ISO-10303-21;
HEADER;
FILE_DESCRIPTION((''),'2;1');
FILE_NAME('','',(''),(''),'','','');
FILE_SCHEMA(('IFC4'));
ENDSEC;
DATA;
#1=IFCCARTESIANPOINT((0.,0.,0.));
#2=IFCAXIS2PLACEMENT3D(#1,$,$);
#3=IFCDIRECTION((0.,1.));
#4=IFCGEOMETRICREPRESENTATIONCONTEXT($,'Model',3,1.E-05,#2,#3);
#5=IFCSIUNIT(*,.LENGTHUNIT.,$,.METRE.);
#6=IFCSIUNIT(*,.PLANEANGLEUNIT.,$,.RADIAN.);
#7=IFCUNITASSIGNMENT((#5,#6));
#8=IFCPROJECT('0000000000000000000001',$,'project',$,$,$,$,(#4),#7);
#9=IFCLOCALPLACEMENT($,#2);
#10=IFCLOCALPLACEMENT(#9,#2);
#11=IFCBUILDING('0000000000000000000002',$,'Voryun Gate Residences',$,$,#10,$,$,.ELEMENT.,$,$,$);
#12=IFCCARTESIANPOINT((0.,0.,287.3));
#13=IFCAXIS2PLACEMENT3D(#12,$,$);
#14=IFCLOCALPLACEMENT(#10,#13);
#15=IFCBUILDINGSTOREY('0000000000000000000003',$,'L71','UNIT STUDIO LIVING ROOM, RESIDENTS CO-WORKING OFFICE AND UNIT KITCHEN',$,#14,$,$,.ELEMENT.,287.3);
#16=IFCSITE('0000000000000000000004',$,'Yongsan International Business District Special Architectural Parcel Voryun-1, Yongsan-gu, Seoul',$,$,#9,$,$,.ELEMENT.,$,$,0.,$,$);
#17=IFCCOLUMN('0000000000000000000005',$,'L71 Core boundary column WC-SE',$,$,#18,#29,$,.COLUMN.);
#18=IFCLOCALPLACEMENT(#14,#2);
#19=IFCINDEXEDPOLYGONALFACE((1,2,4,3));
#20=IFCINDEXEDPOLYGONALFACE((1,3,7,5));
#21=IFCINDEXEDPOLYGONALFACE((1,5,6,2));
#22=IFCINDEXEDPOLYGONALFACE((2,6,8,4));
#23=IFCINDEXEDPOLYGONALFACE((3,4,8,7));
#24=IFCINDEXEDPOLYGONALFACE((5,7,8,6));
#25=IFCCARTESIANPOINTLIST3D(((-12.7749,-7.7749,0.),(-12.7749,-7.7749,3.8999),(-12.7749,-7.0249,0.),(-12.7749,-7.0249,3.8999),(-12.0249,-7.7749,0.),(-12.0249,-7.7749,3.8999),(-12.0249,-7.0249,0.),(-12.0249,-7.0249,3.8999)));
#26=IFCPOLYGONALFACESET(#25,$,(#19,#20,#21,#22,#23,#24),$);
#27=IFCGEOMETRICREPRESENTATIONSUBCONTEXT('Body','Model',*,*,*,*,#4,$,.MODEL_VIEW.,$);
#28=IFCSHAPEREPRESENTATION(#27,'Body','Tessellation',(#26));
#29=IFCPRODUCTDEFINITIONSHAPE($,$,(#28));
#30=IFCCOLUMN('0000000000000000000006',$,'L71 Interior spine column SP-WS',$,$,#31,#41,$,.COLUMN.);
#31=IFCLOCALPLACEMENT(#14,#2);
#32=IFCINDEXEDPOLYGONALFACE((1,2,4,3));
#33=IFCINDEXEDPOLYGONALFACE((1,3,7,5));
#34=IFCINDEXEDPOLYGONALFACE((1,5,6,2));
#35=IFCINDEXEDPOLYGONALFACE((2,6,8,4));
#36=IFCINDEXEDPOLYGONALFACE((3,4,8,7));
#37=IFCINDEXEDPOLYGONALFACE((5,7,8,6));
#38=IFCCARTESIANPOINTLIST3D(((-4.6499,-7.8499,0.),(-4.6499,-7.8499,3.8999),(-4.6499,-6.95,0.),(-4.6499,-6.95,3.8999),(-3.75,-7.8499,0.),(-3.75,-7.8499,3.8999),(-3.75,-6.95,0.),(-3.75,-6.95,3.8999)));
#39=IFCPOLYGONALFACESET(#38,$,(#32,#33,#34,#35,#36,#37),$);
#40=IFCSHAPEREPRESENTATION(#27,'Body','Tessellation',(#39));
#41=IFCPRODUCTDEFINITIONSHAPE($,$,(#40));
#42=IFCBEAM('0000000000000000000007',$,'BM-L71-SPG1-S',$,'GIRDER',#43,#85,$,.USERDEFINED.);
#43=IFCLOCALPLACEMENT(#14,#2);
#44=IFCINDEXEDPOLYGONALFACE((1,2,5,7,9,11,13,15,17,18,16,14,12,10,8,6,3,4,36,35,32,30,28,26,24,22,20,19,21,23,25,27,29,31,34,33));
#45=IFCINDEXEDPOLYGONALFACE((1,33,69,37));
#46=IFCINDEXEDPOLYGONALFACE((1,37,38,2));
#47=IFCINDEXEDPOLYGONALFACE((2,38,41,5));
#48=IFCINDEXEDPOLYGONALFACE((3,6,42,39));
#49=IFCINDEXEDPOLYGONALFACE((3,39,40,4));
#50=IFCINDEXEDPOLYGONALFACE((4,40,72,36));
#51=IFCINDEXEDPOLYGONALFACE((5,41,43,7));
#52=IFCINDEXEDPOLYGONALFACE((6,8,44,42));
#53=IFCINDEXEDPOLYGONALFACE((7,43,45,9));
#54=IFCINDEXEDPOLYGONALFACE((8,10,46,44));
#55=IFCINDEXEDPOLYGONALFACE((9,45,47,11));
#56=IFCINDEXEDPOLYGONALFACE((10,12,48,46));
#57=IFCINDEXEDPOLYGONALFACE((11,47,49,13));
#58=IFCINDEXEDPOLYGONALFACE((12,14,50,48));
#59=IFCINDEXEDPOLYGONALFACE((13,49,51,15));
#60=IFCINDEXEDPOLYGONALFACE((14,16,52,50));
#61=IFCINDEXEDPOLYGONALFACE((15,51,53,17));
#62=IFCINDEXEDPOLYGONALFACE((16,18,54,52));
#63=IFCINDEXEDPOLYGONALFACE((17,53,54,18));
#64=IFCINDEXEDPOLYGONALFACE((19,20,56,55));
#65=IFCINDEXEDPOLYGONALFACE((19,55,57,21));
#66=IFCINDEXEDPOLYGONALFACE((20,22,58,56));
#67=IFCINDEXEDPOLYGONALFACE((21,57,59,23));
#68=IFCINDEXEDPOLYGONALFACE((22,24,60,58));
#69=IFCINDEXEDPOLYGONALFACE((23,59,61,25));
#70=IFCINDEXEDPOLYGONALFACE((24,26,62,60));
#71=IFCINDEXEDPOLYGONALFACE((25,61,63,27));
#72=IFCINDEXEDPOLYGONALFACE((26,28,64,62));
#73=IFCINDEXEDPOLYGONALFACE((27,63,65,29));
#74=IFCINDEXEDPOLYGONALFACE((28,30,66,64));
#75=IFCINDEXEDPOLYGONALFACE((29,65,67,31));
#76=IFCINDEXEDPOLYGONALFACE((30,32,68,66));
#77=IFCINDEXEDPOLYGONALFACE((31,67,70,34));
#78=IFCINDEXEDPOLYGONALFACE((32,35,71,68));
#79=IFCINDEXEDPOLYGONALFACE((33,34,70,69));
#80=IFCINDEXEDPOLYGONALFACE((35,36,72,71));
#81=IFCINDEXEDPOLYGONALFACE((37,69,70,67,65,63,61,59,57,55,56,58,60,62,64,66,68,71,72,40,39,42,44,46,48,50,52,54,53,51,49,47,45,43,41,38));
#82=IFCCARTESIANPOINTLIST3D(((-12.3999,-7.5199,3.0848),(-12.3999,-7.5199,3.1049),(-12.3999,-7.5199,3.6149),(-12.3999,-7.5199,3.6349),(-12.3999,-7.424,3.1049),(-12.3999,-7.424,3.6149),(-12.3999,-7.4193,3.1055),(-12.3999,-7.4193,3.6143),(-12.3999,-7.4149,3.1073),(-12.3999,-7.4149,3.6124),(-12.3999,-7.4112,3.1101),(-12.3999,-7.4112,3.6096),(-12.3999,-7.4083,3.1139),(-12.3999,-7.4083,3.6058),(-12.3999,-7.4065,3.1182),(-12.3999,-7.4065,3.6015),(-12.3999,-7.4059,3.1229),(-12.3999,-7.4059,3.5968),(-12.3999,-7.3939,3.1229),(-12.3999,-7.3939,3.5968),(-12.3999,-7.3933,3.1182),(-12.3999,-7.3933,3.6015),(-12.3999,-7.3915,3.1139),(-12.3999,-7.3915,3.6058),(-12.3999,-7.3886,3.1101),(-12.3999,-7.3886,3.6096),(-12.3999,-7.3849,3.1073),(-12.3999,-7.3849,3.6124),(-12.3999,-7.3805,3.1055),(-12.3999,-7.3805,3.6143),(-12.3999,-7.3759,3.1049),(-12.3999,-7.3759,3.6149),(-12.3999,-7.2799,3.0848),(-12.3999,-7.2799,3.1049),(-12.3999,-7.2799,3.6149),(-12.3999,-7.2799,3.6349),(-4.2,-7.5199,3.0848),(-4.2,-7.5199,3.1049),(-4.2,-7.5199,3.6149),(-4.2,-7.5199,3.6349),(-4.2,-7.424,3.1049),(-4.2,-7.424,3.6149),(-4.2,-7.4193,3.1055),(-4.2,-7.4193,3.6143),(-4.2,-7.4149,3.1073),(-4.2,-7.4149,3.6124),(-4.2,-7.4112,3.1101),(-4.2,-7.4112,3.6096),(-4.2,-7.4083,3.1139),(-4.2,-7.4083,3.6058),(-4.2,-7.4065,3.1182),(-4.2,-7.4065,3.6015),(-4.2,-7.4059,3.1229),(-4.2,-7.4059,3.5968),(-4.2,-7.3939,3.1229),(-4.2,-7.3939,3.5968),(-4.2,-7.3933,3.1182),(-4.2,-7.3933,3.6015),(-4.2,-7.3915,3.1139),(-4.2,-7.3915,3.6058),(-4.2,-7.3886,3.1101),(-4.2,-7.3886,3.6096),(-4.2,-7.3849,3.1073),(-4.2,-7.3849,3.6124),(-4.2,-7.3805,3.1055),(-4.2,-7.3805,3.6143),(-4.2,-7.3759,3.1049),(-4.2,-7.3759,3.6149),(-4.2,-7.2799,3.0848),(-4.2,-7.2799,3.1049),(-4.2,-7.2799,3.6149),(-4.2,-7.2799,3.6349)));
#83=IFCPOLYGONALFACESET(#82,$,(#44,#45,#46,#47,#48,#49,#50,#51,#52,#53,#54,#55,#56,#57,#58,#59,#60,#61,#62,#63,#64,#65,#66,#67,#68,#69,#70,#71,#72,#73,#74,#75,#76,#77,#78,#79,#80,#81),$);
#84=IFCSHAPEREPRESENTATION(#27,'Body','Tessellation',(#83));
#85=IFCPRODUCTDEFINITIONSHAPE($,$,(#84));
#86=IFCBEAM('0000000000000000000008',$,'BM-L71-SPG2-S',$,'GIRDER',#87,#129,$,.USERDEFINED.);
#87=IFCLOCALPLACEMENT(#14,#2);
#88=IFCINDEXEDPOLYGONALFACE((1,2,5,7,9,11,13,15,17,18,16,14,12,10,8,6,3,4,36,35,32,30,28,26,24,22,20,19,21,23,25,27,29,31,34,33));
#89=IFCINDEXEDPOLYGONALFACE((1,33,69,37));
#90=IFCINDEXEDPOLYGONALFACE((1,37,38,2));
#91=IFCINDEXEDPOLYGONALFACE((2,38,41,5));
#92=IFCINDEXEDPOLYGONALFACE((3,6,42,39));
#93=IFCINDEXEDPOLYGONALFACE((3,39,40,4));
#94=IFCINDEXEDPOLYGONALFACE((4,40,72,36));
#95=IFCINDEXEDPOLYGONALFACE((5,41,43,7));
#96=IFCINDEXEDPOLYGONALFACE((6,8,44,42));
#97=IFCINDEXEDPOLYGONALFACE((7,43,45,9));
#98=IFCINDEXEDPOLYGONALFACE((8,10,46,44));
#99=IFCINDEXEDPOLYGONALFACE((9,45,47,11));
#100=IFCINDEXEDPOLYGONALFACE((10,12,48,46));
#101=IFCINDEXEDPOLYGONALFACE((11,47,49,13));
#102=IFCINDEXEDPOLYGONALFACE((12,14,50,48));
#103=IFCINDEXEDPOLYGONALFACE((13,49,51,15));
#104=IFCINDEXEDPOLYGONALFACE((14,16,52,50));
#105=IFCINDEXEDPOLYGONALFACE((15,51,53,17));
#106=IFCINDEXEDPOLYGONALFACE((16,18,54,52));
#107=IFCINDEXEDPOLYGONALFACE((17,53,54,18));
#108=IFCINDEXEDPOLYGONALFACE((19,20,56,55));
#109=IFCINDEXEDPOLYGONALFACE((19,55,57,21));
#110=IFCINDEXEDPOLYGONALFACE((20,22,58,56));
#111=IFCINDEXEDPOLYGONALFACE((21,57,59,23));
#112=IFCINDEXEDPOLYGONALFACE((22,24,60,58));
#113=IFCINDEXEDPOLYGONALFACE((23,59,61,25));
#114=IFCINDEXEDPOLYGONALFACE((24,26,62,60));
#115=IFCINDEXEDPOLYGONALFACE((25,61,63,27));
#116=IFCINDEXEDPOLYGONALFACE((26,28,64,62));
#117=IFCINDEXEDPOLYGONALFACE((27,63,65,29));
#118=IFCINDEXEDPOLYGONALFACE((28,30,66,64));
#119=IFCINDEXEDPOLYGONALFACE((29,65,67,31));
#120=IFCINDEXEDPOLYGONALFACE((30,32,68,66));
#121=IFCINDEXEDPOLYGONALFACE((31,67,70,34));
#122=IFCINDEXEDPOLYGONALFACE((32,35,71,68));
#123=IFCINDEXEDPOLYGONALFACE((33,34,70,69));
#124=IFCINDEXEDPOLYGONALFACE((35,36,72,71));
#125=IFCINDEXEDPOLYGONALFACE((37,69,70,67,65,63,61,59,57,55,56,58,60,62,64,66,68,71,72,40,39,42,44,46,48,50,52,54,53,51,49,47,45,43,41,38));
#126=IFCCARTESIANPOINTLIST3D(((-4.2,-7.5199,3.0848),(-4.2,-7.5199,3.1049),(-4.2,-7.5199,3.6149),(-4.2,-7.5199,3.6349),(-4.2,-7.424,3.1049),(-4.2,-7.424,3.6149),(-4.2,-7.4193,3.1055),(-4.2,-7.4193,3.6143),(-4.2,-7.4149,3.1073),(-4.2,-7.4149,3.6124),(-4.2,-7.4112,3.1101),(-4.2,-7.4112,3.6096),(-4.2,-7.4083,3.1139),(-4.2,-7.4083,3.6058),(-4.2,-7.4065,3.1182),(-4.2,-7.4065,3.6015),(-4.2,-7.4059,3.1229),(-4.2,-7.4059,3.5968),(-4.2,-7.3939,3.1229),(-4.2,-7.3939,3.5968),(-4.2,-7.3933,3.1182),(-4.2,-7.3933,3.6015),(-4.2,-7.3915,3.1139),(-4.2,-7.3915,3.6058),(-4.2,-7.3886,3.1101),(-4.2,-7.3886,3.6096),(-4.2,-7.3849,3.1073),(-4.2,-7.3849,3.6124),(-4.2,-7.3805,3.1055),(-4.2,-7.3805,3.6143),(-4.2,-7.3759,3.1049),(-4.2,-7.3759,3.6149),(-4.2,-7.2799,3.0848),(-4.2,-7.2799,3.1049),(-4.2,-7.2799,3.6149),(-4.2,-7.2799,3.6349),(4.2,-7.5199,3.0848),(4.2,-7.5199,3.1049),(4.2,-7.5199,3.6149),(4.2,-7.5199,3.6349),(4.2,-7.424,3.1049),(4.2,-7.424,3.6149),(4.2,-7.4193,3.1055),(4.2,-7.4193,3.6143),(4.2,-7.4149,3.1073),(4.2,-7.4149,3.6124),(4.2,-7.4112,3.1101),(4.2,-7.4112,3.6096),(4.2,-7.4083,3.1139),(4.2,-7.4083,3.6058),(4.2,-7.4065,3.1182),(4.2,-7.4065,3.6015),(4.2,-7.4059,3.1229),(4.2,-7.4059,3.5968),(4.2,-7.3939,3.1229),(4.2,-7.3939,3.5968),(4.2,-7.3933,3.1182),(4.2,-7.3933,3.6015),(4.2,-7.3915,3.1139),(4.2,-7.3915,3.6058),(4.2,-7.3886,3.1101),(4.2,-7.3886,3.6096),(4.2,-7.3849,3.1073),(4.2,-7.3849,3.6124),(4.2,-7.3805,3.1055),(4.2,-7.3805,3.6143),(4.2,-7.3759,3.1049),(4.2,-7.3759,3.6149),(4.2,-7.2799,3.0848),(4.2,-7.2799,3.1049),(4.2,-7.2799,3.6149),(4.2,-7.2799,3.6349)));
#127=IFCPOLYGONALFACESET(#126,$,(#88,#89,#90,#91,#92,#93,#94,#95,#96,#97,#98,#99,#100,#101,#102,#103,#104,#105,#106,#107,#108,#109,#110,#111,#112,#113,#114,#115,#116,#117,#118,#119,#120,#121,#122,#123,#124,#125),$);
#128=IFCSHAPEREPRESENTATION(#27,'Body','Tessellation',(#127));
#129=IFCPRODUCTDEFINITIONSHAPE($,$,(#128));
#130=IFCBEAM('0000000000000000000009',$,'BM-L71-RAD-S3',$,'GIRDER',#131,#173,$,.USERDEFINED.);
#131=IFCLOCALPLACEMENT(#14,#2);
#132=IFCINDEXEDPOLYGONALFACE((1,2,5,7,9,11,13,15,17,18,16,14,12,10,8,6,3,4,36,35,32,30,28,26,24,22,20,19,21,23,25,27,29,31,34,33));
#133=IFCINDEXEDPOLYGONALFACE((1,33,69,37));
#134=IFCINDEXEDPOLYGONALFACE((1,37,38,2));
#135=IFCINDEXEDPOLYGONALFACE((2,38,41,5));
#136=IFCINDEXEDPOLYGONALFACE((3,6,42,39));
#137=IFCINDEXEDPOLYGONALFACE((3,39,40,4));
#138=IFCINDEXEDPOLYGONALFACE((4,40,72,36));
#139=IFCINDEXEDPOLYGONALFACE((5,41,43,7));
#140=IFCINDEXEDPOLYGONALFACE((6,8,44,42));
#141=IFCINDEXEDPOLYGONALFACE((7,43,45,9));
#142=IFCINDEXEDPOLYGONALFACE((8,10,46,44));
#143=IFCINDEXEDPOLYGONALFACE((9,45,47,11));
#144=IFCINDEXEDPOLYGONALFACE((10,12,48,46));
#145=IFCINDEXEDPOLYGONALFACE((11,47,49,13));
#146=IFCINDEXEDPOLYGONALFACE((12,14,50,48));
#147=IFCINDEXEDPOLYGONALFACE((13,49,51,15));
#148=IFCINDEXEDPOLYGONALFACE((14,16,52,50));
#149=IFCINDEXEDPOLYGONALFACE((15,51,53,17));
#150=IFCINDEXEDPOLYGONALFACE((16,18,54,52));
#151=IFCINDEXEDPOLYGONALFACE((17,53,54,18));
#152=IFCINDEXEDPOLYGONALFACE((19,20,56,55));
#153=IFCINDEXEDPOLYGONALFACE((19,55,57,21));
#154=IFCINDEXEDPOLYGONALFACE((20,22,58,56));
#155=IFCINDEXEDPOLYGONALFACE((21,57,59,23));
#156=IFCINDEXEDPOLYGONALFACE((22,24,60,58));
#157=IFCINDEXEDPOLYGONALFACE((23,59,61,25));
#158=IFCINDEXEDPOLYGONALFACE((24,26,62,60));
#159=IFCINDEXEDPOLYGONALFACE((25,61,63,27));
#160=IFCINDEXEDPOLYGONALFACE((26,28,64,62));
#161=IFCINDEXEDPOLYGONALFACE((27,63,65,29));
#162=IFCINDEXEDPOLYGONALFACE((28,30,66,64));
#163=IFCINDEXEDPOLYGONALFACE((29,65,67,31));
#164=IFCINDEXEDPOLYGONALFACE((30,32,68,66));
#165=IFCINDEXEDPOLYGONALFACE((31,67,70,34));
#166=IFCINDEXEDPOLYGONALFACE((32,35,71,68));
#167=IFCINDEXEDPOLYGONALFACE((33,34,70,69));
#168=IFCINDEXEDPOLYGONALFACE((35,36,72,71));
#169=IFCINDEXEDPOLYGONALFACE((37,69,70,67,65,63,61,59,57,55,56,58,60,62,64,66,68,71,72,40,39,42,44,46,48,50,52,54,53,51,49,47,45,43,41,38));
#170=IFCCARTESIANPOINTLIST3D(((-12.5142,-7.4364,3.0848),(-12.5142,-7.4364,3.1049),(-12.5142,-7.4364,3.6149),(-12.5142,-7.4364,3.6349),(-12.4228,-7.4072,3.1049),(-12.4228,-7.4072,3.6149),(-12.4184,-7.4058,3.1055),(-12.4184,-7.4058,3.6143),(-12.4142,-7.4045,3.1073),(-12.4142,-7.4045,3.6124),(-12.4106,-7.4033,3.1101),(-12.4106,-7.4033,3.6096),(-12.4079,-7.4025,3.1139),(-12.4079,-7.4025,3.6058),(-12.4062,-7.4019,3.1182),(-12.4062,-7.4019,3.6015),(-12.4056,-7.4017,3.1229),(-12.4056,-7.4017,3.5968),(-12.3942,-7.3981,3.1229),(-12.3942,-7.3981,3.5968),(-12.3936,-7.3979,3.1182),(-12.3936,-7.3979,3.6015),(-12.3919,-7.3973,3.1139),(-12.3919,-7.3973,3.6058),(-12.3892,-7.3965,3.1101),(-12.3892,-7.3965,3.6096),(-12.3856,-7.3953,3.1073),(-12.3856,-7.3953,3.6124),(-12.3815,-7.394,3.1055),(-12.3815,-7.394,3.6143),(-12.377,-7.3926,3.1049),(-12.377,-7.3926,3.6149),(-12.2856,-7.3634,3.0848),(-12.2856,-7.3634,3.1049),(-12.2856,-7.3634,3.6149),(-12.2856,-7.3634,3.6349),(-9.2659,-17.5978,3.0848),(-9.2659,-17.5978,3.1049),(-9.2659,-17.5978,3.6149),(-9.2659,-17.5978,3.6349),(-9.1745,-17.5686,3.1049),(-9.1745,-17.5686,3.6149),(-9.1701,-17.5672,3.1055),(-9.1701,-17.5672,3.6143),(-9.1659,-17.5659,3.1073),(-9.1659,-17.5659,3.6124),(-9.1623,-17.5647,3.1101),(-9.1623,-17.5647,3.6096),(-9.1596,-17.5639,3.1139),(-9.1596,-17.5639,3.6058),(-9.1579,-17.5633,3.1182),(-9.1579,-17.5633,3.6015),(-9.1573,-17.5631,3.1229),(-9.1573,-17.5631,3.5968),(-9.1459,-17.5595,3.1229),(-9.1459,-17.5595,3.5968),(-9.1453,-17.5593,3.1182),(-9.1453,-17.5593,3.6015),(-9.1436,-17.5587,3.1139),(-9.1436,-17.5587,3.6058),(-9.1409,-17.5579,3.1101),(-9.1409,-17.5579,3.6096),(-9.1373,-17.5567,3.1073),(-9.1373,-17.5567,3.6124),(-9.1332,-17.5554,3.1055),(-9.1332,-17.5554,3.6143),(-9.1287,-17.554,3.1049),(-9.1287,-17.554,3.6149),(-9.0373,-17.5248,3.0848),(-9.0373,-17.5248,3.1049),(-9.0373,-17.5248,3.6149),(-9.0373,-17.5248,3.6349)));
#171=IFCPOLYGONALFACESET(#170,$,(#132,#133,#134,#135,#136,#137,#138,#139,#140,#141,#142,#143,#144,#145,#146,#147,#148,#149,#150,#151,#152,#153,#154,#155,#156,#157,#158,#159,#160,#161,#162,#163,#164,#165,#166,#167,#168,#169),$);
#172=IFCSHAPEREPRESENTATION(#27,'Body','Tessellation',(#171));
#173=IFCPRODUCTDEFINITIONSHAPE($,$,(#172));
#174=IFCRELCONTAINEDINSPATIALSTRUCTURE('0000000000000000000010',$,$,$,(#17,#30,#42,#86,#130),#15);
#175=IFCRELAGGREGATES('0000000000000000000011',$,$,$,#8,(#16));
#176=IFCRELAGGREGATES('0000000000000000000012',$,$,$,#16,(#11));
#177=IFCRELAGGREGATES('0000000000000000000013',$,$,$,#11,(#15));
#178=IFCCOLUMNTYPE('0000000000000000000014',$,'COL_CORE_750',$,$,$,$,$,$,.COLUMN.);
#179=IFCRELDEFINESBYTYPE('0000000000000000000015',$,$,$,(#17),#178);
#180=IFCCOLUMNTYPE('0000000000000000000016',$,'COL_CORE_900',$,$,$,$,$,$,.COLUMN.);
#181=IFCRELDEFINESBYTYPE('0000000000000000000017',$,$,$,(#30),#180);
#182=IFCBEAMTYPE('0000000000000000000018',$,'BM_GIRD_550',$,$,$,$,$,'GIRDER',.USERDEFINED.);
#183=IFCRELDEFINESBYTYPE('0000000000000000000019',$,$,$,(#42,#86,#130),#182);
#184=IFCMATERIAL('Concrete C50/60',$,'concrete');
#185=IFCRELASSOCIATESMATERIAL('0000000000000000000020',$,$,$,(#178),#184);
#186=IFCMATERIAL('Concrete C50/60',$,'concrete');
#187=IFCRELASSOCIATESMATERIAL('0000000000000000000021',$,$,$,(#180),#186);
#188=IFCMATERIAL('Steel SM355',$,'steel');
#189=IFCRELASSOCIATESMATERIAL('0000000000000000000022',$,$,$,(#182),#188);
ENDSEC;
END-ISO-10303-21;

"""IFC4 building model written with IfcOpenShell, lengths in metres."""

from ifc_helpers import new_model, si_unit, direction, frame, origin, origin_2d, place, context, subcontext, project, spatial, rectangle, i_section, extrude, material, material_profile, profile_set, type_object, element, save


model = new_model("IFC4")

# Units and contexts
model_context = context("Model", 3, precision=1e-05, world=origin(), true_north=direction((0.0, 1.0)))
body_context = subcontext(model_context, "Body", "Model", "MODEL_VIEW")
ifc_project = project(units=[si_unit("LENGTHUNIT", "METRE"), si_unit("PLANEANGLEUNIT", "RADIAN")], contexts=[model_context])

# Site, building, storey
site_placement = place(None, origin())
site = spatial("IfcSite", under=ifc_project, at=site_placement, Name="Yongsan International Business District Special Architectural Parcel Voryun-1, Yongsan-gu, Seoul", CompositionType="ELEMENT", RefElevation=0.0)
building_placement = place(site_placement, origin())
building = spatial("IfcBuilding", under=site, at=building_placement, Name="Voryun Gate Residences", CompositionType="ELEMENT")
storey_placement = place(building_placement, frame((0.0, 0.0, 287.3)))
storey = spatial("IfcBuildingStorey", under=building, at=storey_placement, Name="L71", Description="UNIT STUDIO LIVING ROOM, RESIDENTS CO-WORKING OFFICE AND UNIT KITCHEN", CompositionType="ELEMENT", Elevation=287.3)

# Columns
ifc_material_1 = material(Name="Concrete C50/60", Category="concrete")
ifc_material_profile_1 = material_profile(ifc_material_1, rectangle(XDim=0.75, YDim=0.75, at=origin_2d()), Name="RC-750x750")
ifc_profile_set_1 = profile_set([ifc_material_profile_1], Name="Concrete C50/60")
column_type_1 = type_object("IfcColumnType", Name="COL_CORE_750", PredefinedType="COLUMN", material=ifc_profile_set_1)
column_1_placement = place(storey_placement, frame((-12.3999, -7.3999, 0.0), z_axis=(0.0, 0.0, 1.0), x_axis=(1.0, 0.0, 0.0)))
element("IfcColumn", 1, at=column_1_placement, inside=storey, type_object=column_type_1, Name="L71 Core boundary column WC-SE", PredefinedType="COLUMN", context=body_context, shape_type="SweptSolid", body=[
    extrude(rectangle(XDim=0.75, YDim=0.75, at=origin_2d()), origin(), (0.0, 0.0, 1.0), 3.8999),
])
ifc_material_2 = material(Name="Concrete C50/60", Category="concrete")
ifc_material_profile_2 = material_profile(ifc_material_2, rectangle(XDim=0.8999, YDim=0.8999, at=origin_2d()), Name="RC-900x900")
ifc_profile_set_2 = profile_set([ifc_material_profile_2], Name="Concrete C50/60")
column_type_2 = type_object("IfcColumnType", Name="COL_CORE_900", PredefinedType="COLUMN", material=ifc_profile_set_2)
column_2_placement = place(storey_placement, frame((-4.2, -7.3999, 0.0), z_axis=(0.0, 0.0, 1.0), x_axis=(1.0, 0.0, 0.0)))
element("IfcColumn", 2, at=column_2_placement, inside=storey, type_object=column_type_2, Name="L71 Interior spine column SP-WS", PredefinedType="COLUMN", context=body_context, shape_type="SweptSolid", body=[
    extrude(rectangle(XDim=0.8999, YDim=0.8999, at=origin_2d()), origin(), (0.0, 0.0, 1.0), 3.8999),
])

# Beams
ifc_material_3 = material(Name="Steel SM355", Category="steel")
ifc_material_profile_3 = material_profile(ifc_material_3, i_section(OverallWidth=0.24, OverallDepth=0.55, WebThickness=0.012, FlangeThickness=0.02, FilletRadius=0.0181, at=origin_2d()), Name="H-550x240x12x20")
ifc_profile_set_3 = profile_set([ifc_material_profile_3], Name="Steel SM355")
beam_type_1 = type_object("IfcBeamType", Name="BM_GIRD_550", ElementType="GIRDER", PredefinedType="USERDEFINED", material=ifc_profile_set_3)
beam_1_placement = place(storey_placement, frame((-12.3999, -7.3999, 3.3599), z_axis=(1.0, 0.0, 0.0), x_axis=(0.0, 1.0, 0.0)))
element("IfcBeam", 3, at=beam_1_placement, inside=storey, type_object=beam_type_1, Name="BM-L71-SPG1-S", ObjectType="GIRDER", PredefinedType="USERDEFINED", context=body_context, shape_type="SweptSolid", body=[
    extrude(i_section(OverallWidth=0.24, OverallDepth=0.55, WebThickness=0.012, FlangeThickness=0.02, FilletRadius=0.0181, at=origin_2d()), origin(), (0.0, 0.0, 1.0), 8.2),
])
beam_2_placement = place(storey_placement, frame((-4.2, -7.3999, 3.3599), z_axis=(1.0, 0.0, 0.0), x_axis=(0.0, 1.0, 0.0)))
element("IfcBeam", 4, at=beam_2_placement, inside=storey, type_object=beam_type_1, Name="BM-L71-SPG2-S", ObjectType="GIRDER", PredefinedType="USERDEFINED", context=body_context, shape_type="SweptSolid", body=[
    extrude(i_section(OverallWidth=0.24, OverallDepth=0.55, WebThickness=0.012, FlangeThickness=0.02, FilletRadius=0.0181, at=origin_2d()), origin(), (0.0, 0.0, 1.0), 8.3999),
])
beam_3_placement = place(storey_placement, frame((-12.3999, -7.3999, 3.3599), z_axis=(0.304491, -0.952515, 0.0), x_axis=(0.952515, 0.304491, 0.0)))
element("IfcBeam", 5, at=beam_3_placement, inside=storey, type_object=beam_type_1, Name="BM-L71-RAD-S3", ObjectType="GIRDER", PredefinedType="USERDEFINED", context=body_context, shape_type="SweptSolid", body=[
    extrude(i_section(OverallWidth=0.24, OverallDepth=0.55, WebThickness=0.012, FlangeThickness=0.02, FilletRadius=0.0181, at=origin_2d()), origin(), (0.0, 0.0, 1.0), 10.668),
])

save(model, "model.ifc")
